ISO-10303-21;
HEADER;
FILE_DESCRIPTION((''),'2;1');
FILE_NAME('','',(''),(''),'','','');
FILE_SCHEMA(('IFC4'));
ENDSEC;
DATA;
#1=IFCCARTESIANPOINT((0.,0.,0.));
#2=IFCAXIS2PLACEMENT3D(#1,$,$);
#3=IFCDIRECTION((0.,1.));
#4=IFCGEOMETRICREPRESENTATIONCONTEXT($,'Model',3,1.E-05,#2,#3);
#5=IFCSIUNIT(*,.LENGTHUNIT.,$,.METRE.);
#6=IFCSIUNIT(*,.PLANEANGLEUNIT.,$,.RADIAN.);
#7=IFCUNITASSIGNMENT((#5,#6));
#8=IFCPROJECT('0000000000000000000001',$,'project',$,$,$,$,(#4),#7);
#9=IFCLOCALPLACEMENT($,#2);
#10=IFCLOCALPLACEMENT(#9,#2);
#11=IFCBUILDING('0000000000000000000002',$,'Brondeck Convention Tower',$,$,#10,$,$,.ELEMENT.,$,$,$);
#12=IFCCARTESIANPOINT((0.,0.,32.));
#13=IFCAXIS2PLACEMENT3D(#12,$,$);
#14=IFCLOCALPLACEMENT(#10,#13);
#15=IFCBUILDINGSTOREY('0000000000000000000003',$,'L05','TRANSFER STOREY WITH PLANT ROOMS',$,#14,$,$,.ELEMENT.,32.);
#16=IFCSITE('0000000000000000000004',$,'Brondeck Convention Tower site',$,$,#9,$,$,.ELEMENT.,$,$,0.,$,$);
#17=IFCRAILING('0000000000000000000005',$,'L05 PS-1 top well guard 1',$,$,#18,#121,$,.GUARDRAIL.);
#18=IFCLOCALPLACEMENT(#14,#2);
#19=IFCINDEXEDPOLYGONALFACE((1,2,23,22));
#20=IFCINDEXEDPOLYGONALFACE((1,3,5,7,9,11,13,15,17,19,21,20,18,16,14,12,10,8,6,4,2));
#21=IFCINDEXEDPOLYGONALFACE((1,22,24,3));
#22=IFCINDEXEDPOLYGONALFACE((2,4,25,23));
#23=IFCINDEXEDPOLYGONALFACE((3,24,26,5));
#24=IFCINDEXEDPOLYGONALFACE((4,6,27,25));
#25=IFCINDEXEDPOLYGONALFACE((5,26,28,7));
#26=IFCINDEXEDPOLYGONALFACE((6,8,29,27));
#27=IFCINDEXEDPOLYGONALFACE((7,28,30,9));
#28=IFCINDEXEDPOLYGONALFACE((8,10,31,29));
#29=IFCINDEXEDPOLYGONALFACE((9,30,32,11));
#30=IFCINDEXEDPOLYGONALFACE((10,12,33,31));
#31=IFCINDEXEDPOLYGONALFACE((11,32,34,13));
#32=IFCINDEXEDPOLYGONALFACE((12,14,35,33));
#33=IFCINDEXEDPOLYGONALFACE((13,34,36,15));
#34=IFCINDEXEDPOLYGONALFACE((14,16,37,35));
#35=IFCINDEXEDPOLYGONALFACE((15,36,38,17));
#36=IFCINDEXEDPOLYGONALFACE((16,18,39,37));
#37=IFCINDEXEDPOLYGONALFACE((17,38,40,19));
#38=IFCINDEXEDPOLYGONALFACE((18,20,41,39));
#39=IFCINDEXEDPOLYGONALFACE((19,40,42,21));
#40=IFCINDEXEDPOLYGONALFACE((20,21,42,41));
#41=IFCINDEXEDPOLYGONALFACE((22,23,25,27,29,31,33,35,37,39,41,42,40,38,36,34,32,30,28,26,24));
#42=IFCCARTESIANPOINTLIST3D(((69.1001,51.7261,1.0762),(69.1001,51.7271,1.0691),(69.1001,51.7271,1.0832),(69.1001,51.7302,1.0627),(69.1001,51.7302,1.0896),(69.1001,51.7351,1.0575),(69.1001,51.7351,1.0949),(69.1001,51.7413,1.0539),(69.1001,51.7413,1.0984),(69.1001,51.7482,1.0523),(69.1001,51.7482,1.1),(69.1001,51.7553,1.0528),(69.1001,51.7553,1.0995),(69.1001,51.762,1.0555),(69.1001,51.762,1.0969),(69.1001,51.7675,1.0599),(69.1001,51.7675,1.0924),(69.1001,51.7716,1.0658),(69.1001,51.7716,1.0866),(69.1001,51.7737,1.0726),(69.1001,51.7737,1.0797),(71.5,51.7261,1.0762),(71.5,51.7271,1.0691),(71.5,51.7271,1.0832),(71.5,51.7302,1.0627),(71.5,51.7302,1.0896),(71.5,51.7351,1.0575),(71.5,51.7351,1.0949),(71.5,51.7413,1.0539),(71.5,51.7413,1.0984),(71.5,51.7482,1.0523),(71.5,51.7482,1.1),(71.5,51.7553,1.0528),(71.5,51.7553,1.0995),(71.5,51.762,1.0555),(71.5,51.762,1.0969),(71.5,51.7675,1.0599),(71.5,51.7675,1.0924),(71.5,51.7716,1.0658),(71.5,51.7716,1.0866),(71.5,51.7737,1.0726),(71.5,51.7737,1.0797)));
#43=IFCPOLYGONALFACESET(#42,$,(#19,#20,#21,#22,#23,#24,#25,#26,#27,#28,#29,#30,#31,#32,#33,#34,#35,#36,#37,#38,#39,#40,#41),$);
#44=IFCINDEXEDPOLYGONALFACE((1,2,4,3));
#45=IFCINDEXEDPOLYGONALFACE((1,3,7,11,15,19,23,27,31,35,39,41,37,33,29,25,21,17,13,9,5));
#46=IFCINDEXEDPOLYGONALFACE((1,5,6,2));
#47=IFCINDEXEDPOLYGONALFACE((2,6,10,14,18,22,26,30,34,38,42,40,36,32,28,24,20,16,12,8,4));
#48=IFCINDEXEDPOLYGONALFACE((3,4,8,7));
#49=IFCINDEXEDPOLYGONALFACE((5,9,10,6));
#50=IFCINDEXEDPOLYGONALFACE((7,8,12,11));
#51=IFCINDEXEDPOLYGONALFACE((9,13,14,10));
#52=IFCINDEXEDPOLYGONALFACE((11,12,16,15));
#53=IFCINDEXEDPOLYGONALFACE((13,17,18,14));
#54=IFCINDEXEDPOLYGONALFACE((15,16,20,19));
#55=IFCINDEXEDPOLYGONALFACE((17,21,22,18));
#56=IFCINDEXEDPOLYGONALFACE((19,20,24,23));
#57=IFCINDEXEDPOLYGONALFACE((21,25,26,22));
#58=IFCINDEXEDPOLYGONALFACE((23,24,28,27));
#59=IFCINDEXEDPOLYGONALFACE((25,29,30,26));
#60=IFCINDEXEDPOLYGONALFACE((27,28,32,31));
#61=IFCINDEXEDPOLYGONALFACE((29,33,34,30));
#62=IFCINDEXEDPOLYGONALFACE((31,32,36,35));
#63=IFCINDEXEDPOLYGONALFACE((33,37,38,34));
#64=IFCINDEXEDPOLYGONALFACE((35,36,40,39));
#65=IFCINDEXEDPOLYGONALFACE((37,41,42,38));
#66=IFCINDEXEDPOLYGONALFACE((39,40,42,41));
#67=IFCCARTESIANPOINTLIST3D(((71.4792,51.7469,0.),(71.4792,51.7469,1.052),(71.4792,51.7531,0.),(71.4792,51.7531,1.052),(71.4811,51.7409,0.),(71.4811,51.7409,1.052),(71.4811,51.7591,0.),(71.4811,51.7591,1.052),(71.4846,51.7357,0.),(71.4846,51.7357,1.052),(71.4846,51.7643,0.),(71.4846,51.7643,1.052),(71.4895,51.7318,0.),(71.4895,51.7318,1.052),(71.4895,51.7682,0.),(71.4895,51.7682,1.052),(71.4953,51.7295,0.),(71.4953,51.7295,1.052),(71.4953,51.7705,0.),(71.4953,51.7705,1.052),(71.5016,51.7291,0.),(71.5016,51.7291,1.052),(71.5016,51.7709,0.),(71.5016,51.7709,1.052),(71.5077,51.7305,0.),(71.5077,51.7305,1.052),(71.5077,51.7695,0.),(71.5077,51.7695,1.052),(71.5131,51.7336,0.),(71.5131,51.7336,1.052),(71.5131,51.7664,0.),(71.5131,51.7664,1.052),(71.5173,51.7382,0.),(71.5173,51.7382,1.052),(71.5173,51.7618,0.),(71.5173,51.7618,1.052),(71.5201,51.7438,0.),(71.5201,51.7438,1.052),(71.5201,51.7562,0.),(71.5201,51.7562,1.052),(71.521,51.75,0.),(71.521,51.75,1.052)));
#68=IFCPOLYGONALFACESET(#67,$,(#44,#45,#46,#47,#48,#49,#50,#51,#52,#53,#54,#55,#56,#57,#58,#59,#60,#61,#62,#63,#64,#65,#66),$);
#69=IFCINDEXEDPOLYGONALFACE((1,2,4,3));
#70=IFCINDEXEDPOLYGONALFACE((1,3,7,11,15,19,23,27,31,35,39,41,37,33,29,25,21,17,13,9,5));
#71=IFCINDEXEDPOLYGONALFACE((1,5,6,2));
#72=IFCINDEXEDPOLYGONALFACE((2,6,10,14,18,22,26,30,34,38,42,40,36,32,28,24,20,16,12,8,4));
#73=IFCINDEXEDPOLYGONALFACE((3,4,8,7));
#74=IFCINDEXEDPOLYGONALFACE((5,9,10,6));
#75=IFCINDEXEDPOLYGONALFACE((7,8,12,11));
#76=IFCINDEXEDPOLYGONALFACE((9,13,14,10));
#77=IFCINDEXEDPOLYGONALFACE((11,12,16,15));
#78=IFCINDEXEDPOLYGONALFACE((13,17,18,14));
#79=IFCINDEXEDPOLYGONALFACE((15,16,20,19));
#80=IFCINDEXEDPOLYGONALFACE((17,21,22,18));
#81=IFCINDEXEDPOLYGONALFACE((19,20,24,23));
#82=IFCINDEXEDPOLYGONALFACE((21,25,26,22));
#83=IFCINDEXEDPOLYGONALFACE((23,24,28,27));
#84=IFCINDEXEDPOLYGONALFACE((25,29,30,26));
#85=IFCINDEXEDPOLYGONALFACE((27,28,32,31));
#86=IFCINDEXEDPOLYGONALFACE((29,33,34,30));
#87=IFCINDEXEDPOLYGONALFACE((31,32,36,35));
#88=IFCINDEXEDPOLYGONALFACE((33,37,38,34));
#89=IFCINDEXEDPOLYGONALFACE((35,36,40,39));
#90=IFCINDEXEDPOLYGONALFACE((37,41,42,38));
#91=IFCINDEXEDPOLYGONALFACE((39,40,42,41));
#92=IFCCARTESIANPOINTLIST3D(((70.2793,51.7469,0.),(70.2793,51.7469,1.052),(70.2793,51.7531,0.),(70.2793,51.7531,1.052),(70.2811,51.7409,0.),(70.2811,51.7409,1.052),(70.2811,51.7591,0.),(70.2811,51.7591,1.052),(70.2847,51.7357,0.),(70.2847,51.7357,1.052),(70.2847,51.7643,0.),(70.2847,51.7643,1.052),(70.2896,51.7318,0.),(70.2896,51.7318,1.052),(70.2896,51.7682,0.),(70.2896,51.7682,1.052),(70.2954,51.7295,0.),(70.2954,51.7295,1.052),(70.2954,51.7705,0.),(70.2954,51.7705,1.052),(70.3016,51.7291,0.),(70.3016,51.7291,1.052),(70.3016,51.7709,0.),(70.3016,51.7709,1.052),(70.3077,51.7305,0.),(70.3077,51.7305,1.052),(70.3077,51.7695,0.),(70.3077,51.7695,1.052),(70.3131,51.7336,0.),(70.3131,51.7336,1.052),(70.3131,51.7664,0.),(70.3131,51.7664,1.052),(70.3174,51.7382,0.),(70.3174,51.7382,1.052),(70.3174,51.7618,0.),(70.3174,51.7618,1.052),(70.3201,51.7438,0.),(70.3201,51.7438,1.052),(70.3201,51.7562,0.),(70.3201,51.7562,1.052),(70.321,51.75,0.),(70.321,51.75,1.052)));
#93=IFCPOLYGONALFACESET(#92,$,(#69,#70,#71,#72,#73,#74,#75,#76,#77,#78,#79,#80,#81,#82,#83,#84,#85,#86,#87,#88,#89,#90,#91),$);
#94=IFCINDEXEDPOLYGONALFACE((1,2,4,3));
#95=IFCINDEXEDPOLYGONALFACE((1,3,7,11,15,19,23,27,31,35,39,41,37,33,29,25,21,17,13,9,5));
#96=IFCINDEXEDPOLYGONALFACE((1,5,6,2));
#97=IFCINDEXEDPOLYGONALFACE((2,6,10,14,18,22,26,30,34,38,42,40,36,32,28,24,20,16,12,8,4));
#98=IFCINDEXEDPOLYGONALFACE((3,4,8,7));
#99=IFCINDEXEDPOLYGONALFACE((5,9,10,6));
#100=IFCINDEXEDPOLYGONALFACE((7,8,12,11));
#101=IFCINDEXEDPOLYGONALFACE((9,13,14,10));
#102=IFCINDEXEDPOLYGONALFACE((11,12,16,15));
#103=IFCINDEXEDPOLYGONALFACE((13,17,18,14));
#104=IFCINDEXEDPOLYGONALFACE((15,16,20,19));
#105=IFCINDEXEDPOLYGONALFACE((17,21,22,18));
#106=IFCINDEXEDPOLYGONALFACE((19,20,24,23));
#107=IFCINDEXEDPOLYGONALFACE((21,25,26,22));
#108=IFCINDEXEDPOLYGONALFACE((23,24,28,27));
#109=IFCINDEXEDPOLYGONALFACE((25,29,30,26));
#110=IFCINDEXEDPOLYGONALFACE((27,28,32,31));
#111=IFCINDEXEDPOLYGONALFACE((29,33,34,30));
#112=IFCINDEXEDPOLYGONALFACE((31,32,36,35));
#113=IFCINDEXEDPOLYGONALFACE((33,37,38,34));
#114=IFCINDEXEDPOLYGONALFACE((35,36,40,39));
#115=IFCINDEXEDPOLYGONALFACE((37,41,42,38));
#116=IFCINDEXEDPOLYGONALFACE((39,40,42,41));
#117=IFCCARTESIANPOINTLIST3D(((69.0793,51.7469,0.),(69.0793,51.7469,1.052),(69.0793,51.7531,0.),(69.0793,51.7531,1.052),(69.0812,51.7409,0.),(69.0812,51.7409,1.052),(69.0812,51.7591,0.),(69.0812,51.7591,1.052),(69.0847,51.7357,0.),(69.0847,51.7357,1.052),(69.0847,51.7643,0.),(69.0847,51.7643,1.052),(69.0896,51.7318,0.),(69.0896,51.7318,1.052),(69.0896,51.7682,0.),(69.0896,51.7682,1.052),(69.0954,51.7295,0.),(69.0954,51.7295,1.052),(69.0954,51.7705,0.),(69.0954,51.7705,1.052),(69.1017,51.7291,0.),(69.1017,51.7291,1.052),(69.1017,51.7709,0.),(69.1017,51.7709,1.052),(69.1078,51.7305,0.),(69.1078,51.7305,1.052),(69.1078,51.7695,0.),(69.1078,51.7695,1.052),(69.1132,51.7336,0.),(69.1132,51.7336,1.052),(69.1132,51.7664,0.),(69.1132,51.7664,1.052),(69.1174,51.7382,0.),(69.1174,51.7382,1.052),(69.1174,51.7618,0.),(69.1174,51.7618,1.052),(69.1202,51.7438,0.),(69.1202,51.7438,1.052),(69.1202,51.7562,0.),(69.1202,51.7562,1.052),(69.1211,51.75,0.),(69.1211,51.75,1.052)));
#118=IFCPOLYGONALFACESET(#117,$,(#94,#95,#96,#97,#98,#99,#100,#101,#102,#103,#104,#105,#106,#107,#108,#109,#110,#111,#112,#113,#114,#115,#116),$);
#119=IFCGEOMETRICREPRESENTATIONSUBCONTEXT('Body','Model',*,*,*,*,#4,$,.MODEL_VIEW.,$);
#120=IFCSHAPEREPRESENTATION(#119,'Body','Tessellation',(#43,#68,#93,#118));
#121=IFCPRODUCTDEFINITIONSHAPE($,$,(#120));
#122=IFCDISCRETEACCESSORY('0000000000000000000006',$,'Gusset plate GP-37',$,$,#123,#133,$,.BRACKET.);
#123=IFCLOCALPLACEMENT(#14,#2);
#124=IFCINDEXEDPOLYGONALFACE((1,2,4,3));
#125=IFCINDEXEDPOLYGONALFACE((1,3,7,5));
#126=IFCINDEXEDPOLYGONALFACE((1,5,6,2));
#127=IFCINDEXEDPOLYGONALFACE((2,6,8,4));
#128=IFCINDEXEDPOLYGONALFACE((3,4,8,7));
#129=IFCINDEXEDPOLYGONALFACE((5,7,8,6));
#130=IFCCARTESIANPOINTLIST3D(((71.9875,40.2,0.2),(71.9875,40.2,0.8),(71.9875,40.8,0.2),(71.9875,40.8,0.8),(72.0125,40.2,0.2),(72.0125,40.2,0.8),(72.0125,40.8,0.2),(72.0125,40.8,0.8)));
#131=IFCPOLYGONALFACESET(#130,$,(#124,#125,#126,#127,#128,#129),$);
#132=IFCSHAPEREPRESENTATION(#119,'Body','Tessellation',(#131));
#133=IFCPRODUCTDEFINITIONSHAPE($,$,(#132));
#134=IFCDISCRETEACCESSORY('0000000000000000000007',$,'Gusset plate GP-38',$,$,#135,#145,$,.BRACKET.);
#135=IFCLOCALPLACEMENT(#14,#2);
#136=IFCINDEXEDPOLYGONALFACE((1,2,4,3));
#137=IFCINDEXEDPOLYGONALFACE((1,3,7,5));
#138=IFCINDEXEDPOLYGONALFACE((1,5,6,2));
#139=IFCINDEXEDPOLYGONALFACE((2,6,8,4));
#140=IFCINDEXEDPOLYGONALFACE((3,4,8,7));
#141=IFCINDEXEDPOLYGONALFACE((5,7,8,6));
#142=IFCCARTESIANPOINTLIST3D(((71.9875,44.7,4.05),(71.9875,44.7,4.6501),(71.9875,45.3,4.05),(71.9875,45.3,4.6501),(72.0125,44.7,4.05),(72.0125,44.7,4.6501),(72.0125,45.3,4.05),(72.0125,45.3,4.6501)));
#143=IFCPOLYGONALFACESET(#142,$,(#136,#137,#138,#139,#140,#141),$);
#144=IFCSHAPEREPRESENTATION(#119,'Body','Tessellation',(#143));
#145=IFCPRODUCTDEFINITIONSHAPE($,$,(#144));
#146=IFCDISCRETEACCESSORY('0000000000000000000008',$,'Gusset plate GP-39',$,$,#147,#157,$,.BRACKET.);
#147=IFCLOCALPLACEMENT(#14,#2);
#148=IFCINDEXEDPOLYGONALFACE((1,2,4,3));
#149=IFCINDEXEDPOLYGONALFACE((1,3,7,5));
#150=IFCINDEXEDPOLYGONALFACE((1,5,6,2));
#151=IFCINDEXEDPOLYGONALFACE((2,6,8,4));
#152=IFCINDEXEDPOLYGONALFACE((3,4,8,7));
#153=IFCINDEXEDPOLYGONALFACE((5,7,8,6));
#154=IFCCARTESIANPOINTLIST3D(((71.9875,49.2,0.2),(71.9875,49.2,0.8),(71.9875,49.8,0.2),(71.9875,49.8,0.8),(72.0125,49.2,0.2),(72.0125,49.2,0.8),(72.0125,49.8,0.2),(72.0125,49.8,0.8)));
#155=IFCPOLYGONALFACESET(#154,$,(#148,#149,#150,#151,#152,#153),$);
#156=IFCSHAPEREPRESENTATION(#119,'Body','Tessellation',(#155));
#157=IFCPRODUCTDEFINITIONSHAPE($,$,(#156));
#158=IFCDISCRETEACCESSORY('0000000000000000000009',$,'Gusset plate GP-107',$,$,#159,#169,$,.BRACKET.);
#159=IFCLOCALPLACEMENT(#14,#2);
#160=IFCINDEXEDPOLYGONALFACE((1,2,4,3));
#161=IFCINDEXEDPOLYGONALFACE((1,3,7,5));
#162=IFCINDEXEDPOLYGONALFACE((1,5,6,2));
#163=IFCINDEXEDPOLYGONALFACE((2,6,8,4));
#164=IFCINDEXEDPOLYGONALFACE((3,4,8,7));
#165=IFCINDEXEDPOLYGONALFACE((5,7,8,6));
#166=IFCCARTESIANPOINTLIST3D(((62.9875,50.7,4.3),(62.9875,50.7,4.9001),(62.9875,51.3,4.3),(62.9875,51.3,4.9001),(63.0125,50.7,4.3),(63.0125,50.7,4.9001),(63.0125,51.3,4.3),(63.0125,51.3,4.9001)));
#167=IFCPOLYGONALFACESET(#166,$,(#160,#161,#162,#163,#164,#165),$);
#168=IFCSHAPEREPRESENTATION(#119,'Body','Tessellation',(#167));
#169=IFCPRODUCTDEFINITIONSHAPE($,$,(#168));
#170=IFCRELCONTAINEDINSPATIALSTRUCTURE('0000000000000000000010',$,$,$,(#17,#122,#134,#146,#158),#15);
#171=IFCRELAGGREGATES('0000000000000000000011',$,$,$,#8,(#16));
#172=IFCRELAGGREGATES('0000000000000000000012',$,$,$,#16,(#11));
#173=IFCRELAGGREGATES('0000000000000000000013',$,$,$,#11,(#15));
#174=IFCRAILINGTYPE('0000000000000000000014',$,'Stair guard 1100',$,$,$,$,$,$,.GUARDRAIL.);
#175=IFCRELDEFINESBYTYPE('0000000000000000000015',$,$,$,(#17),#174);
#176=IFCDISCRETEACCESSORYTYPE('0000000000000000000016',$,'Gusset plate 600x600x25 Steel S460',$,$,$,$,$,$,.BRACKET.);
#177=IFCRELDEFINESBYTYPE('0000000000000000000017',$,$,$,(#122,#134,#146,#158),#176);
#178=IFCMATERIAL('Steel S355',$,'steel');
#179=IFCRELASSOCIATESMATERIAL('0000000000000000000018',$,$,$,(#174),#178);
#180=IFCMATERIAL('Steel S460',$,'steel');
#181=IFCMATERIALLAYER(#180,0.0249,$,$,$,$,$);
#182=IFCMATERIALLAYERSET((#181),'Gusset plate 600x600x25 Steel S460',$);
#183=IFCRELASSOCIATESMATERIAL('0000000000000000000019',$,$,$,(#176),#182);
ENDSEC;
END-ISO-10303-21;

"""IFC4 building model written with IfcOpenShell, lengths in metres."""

from ifc_helpers import new_model, si_unit, direction, frame, origin, origin_2d, place, context, subcontext, project, spatial, rectangle, circle, extrude, material, layer, layer_set, type_object, element, save


model = new_model("IFC4")

# Units and contexts
model_context = context("Model", 3, precision=1e-05, world=origin(), true_north=direction((0.0, 1.0)))
body_context = subcontext(model_context, "Body", "Model", "MODEL_VIEW")
ifc_project = project(units=[si_unit("LENGTHUNIT", "METRE"), si_unit("PLANEANGLEUNIT", "RADIAN")], contexts=[model_context])

# Site, building, storey
site_placement = place(None, origin())
site = spatial("IfcSite", under=ifc_project, at=site_placement, Name="Brondeck Convention Tower site", CompositionType="ELEMENT", RefElevation=0.0)
building_placement = place(site_placement, origin())
building = spatial("IfcBuilding", under=site, at=building_placement, Name="Brondeck Convention Tower", CompositionType="ELEMENT")
storey_placement = place(building_placement, frame((0.0, 0.0, 32.0)))
storey = spatial("IfcBuildingStorey", under=building, at=storey_placement, Name="L05", Description="TRANSFER STOREY WITH PLANT ROOMS", CompositionType="ELEMENT", Elevation=32.0)

# Shared definitions
ifc_material_1 = material(Name="Steel S460", Category="steel")

# Railing
ifc_material_2 = material(Name="Steel S355", Category="steel")
railing_type = type_object("IfcRailingType", Name="Stair guard 1100", PredefinedType="GUARDRAIL", material=ifc_material_2)
railing_placement = place(storey_placement, frame((71.5, 51.75, 0.0)))
element("IfcRailing", 1, at=railing_placement, inside=storey, type_object=railing_type, Name="L05 PS-1 top well guard 1", PredefinedType="GUARDRAIL", context=body_context, shape_type="SweptSolid", body=[
    extrude(circle(Radius=0.0239, at=origin_2d()), frame((0.0, 0.0, 1.0762), z_axis=(-1.0, 0.0, 0.0), x_axis=(0.0, -1.0, 0.0)), (0.0, 0.0, 1.0), 2.3999),
    extrude(circle(Radius=0.021, at=origin_2d()), origin(), (0.0, 0.0, 1.0), 1.052),
    extrude(circle(Radius=0.021, at=origin_2d()), frame((-1.2, 0.0, 0.0)), (0.0, 0.0, 1.0), 1.052),
    extrude(circle(Radius=0.021, at=origin_2d()), frame((-2.3999, 0.0, 0.0)), (0.0, 0.0, 1.0), 1.052),
])

# Discrete accessories
ifc_layer_1 = layer(ifc_material_1, 0.0249)
ifc_layer_set_1 = layer_set([ifc_layer_1], Name="Gusset plate 600x600x25 Steel S460")
discrete_accessory_type = type_object("IfcDiscreteAccessoryType", Name="Gusset plate 600x600x25 Steel S460", PredefinedType="BRACKET", material=ifc_layer_set_1)
for number, where, z_axis, x_axis, name in (
    (2, (72.0, 40.5, 0.2), (0.0, 0.0, 1.0), (0.0, 1.0, 0.0), "Gusset plate GP-37"),
    (3, (72.0, 45.0, 4.05), (0.0, 0.0, 1.0), (0.0, 1.0, 0.0), "Gusset plate GP-38"),
    (4, (72.0, 49.5, 0.2), (0.0, 0.0, 1.0), (0.0, 1.0, 0.0), "Gusset plate GP-39"),
    (5, (63.0, 51.0, 4.3), (0.0, 0.0, 1.0), (0.0, 1.0, 0.0), "Gusset plate GP-107"),
):
    element("IfcDiscreteAccessory", number, at=place(storey_placement, frame(where, z_axis=z_axis, x_axis=x_axis)), inside=storey, type_object=discrete_accessory_type, Name=name, PredefinedType="BRACKET", context=body_context, shape_type="SweptSolid", body=[
        extrude(rectangle(XDim=0.6001, YDim=0.0249, at=origin_2d()), origin(), (0.0, 0.0, 1.0), 0.6001),
    ])

save(model, "model.ifc")
